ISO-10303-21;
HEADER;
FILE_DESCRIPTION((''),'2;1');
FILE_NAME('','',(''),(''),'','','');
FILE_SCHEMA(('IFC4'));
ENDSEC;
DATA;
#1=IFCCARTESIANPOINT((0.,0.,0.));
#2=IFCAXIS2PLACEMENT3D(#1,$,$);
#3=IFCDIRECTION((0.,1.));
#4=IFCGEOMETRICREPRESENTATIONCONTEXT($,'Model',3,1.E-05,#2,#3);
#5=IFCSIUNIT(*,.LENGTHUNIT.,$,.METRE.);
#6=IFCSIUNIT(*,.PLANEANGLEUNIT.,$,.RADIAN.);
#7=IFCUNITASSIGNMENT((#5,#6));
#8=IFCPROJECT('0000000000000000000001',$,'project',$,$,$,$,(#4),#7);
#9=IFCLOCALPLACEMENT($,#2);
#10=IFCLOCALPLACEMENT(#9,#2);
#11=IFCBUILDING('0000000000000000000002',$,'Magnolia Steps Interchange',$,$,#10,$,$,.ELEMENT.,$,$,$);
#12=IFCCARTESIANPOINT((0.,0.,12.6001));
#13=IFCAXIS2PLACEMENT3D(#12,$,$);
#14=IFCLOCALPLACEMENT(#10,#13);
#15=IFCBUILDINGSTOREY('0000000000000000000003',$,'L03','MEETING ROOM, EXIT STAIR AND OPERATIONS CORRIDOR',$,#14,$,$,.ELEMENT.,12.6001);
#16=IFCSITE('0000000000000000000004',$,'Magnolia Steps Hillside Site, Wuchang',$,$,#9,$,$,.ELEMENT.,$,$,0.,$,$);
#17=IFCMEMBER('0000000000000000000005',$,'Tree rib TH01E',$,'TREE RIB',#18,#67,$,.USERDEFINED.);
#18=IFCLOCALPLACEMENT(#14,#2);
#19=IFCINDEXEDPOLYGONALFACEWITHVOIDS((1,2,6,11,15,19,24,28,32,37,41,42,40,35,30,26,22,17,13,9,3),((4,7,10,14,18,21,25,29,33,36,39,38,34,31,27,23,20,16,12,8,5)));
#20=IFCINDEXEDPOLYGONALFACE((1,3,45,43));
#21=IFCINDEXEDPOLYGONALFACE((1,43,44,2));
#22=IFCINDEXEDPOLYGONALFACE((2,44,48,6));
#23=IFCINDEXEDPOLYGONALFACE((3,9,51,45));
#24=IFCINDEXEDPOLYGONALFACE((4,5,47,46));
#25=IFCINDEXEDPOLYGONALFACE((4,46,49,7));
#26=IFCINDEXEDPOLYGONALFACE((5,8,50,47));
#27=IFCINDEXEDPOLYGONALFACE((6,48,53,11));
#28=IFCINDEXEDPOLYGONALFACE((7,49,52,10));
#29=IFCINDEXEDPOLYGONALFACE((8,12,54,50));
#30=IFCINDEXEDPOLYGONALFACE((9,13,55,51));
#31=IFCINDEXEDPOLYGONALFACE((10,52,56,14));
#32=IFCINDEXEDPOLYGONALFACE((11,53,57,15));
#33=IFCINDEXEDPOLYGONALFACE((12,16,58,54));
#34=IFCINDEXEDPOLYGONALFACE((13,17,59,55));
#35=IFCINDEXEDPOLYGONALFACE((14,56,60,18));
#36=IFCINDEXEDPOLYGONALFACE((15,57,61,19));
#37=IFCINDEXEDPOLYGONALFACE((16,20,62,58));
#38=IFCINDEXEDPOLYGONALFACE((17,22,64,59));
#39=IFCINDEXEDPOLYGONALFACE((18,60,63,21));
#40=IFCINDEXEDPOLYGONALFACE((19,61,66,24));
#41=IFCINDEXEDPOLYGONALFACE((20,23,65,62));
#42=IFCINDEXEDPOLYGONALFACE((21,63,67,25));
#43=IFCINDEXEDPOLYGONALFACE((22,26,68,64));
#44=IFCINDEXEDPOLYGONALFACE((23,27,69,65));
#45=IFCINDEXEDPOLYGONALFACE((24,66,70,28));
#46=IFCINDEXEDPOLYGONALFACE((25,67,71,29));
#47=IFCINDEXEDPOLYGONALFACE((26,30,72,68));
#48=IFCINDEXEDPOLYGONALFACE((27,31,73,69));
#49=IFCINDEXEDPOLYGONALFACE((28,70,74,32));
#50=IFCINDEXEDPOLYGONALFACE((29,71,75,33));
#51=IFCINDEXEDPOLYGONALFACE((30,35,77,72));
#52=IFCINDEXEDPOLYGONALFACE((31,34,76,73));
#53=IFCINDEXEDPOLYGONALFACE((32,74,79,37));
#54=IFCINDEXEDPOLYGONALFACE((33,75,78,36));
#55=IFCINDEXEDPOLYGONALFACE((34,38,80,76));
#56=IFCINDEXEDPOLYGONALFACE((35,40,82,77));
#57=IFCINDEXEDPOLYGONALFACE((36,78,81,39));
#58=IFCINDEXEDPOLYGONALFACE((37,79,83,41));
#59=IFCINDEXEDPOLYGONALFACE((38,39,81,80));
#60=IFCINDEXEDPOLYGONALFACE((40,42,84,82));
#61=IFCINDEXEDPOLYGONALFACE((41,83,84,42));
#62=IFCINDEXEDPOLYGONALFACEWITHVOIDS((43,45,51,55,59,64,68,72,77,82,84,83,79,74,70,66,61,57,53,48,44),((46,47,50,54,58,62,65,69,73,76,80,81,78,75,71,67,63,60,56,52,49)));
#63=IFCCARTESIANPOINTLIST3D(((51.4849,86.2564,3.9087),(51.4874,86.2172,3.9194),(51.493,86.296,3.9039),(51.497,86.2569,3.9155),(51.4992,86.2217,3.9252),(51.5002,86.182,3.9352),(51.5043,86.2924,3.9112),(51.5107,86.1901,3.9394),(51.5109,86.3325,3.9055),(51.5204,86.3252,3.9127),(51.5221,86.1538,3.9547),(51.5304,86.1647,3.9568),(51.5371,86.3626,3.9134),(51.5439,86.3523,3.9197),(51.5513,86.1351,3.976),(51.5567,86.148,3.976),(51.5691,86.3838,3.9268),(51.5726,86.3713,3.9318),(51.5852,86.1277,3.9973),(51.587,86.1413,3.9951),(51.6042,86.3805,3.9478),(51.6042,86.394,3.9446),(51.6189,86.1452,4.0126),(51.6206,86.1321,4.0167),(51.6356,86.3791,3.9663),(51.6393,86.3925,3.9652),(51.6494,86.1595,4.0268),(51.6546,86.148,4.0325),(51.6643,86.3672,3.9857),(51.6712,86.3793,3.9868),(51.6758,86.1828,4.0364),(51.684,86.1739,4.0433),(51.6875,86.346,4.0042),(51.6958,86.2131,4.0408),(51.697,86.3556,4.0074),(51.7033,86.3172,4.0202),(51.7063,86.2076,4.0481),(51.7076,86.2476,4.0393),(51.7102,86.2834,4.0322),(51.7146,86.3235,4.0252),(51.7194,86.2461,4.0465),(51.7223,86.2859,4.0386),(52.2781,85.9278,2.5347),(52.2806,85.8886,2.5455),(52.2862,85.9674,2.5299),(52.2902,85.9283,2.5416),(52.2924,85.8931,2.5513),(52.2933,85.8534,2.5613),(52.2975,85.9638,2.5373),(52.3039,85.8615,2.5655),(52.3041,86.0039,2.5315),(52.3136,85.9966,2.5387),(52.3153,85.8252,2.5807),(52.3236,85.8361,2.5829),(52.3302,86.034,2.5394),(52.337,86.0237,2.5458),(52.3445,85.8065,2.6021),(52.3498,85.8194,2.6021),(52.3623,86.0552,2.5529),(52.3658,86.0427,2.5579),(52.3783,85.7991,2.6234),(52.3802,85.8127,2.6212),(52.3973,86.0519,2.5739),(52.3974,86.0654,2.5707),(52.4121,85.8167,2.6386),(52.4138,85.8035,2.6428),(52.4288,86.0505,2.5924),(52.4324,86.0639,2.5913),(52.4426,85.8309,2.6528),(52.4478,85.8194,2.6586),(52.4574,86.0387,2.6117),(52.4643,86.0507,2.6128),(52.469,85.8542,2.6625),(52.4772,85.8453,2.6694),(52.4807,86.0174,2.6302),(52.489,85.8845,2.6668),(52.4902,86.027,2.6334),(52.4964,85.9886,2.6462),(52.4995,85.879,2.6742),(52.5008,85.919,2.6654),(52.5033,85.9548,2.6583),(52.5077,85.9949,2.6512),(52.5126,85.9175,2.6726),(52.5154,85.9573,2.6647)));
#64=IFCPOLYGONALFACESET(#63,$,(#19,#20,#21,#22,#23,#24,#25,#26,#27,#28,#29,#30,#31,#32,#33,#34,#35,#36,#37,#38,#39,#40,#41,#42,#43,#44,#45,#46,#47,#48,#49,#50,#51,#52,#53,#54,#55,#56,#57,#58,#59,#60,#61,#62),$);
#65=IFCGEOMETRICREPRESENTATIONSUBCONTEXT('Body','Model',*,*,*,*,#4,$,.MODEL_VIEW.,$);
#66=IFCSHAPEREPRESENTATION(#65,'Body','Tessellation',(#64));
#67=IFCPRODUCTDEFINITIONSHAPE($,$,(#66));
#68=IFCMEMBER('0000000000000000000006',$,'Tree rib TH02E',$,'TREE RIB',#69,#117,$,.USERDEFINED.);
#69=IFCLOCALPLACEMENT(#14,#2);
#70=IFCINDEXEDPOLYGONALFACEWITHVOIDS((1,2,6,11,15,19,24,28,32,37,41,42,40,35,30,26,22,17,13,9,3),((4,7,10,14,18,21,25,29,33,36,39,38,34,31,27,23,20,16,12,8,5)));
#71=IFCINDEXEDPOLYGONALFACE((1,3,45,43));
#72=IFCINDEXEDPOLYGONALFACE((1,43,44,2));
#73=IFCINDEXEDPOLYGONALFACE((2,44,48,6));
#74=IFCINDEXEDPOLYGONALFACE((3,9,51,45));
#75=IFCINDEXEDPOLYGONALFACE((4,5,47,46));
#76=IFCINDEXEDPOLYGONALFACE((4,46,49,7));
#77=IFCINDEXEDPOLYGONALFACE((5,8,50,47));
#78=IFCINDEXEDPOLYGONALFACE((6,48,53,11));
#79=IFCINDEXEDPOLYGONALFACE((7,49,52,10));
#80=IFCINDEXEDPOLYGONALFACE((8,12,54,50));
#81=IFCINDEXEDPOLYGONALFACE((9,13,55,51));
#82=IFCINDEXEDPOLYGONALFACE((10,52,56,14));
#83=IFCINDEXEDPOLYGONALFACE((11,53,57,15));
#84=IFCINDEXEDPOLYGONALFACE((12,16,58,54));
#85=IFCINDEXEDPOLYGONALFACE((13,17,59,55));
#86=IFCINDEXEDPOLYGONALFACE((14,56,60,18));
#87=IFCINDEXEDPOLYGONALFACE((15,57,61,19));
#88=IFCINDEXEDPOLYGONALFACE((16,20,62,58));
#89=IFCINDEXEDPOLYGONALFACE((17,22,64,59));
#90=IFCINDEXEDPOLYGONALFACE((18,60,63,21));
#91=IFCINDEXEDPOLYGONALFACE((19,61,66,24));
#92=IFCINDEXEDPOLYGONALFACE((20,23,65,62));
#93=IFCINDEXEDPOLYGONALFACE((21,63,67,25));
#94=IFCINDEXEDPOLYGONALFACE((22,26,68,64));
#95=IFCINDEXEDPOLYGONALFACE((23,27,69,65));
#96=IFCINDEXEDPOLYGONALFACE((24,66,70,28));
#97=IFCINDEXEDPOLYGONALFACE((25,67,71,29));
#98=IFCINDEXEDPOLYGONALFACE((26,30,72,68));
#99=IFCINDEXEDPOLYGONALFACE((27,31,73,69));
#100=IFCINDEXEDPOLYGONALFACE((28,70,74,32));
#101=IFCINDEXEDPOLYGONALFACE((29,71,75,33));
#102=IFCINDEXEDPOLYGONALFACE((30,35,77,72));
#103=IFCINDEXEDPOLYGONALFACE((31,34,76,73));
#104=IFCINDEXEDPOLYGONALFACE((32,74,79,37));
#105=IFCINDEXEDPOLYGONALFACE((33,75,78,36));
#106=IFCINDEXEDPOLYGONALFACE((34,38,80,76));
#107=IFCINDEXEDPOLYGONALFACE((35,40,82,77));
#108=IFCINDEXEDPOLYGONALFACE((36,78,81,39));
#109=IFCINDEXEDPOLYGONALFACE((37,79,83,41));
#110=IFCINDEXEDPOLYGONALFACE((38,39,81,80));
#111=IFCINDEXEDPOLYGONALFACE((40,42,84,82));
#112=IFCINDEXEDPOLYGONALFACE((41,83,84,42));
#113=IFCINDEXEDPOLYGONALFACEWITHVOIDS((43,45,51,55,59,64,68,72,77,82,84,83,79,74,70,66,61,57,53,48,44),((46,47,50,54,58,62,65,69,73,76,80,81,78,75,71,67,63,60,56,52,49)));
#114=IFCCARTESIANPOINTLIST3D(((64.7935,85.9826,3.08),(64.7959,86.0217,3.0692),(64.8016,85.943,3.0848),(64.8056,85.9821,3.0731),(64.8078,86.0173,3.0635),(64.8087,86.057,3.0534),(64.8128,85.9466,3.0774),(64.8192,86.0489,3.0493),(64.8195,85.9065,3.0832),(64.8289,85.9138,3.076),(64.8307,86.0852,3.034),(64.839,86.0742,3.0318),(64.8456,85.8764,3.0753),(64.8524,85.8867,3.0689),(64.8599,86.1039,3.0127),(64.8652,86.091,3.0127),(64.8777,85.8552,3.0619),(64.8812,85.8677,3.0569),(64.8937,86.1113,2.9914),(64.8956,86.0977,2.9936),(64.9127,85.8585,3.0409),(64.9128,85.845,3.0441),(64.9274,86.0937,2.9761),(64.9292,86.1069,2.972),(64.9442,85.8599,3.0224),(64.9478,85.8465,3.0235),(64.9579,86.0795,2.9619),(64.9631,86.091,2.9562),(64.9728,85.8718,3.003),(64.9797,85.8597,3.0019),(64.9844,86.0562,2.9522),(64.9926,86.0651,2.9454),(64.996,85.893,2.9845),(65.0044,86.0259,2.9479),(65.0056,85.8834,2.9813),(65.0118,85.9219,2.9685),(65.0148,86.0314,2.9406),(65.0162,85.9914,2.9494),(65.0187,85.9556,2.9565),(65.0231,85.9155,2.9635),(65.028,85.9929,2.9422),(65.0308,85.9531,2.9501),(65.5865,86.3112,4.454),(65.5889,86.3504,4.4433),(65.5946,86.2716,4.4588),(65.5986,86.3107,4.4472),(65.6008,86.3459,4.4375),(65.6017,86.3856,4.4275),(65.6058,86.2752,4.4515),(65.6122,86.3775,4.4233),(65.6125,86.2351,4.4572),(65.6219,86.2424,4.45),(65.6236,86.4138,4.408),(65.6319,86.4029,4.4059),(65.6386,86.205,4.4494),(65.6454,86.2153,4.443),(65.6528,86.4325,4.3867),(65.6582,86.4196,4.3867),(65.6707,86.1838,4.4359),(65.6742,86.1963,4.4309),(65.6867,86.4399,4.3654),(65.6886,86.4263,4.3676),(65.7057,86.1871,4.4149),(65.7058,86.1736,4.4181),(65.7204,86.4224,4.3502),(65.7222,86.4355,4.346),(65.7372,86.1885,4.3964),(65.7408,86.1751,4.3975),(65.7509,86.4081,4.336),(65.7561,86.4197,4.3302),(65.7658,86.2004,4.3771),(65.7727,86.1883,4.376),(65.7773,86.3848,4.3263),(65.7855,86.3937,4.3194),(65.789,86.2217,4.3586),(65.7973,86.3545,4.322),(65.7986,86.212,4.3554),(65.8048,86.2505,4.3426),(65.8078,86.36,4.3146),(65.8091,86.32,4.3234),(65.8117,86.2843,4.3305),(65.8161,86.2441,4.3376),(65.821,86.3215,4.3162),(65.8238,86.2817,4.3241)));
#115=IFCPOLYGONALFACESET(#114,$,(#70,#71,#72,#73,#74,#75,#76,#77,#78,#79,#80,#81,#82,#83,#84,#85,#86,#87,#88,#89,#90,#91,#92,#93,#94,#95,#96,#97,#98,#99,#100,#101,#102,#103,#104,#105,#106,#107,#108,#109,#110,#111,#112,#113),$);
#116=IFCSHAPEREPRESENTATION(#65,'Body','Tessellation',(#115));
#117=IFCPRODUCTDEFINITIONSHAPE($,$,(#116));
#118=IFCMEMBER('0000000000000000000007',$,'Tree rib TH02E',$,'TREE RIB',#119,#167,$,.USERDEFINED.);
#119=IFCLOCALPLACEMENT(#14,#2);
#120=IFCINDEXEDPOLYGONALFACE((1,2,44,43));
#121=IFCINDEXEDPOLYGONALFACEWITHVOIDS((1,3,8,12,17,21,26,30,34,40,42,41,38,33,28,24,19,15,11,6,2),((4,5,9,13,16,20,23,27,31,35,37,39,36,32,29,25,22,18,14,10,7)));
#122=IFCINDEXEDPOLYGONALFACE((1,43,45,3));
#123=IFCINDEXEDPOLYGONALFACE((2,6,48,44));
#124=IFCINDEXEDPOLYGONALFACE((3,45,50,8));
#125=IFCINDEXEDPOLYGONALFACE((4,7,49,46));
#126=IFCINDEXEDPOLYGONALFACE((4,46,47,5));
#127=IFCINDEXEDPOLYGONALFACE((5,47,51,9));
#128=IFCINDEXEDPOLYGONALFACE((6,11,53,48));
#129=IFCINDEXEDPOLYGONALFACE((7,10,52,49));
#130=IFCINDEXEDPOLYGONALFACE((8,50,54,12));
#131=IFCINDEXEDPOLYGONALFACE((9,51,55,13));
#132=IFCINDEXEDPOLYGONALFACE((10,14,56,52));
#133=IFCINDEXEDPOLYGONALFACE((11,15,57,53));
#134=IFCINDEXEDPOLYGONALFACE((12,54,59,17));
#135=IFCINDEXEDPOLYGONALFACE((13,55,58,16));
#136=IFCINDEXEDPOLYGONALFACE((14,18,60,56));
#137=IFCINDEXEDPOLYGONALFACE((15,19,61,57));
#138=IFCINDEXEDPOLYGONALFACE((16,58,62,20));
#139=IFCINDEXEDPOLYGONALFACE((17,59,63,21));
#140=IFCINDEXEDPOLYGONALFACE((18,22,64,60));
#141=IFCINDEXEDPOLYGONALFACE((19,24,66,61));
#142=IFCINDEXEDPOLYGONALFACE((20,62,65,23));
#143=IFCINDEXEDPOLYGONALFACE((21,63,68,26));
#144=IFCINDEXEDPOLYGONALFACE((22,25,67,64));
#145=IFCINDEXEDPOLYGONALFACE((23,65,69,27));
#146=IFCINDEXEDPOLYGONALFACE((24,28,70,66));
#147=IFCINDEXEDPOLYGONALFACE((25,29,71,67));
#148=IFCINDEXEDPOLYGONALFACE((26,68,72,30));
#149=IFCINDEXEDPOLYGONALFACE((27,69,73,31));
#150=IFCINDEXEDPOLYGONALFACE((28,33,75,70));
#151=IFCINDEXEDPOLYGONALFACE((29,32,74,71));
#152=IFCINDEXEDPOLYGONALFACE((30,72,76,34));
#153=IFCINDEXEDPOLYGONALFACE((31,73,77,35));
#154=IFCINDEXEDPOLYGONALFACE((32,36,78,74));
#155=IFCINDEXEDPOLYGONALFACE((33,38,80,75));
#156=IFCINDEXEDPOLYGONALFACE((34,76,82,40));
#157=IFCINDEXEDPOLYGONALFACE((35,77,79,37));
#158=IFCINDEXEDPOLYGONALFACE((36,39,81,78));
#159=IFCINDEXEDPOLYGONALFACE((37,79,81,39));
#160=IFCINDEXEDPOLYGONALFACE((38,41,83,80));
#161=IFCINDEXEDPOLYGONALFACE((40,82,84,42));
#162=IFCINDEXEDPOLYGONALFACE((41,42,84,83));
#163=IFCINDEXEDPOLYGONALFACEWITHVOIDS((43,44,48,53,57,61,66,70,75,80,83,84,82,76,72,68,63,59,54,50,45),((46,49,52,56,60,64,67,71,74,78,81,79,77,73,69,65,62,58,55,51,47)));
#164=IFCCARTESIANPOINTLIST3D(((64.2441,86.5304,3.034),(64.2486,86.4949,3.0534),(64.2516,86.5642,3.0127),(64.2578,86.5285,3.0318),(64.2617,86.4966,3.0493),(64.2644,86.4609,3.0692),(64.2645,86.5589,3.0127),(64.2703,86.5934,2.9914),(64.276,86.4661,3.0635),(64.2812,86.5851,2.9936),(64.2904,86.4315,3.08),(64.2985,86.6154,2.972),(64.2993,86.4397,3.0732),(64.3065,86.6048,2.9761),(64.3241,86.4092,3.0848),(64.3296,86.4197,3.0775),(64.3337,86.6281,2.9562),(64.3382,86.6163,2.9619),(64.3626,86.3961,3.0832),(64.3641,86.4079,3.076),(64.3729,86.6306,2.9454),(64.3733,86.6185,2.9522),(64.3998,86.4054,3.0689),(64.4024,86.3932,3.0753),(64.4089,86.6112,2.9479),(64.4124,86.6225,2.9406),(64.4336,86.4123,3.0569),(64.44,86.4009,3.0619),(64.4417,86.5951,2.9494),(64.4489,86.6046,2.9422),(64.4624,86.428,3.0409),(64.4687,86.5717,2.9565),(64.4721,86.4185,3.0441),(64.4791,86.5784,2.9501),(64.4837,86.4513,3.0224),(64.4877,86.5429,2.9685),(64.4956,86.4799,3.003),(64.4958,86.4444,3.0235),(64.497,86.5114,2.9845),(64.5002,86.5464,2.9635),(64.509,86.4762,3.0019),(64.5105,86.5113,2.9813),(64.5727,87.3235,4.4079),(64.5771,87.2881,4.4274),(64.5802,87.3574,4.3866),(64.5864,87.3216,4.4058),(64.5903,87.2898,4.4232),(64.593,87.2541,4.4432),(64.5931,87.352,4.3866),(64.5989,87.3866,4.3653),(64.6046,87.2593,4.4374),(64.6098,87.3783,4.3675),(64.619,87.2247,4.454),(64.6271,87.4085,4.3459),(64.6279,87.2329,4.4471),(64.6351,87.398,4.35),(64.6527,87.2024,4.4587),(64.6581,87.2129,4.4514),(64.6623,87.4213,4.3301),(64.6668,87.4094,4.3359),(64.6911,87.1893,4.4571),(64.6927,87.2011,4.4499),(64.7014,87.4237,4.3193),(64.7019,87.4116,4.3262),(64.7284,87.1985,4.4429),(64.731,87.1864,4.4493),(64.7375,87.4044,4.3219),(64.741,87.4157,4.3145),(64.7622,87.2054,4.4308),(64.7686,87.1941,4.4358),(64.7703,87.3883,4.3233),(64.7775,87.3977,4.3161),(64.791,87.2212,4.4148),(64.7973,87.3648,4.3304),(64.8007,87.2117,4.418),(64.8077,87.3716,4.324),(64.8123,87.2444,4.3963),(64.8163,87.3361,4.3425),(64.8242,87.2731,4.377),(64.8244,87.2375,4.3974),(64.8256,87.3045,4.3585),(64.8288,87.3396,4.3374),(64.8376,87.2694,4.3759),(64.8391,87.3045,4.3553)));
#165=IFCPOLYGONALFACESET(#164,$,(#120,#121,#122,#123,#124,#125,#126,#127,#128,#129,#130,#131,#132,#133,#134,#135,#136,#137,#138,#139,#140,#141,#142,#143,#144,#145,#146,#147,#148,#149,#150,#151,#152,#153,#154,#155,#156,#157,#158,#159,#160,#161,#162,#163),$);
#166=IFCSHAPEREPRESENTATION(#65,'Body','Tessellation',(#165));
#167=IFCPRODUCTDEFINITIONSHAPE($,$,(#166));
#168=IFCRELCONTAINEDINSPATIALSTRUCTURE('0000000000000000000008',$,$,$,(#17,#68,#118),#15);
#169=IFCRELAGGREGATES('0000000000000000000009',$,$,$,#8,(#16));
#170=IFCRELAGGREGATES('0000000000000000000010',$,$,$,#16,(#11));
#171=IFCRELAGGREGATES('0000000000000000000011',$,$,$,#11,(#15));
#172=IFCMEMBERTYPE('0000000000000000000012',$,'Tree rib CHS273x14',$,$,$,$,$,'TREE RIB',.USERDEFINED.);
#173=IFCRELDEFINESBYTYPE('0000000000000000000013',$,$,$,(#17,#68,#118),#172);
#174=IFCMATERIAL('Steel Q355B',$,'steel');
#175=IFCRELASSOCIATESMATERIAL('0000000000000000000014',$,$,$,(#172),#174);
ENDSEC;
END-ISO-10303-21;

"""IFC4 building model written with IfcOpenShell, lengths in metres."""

from ifc_helpers import new_model, si_unit, direction, frame, origin, origin_2d, place, context, subcontext, project, spatial, hollow_circle, extrude, material, material_profile, profile_set, type_object, element, save


model = new_model("IFC4")

# Units and contexts
model_context = context("Model", 3, precision=1e-05, world=origin(), true_north=direction((0.0, 1.0)))
body_context = subcontext(model_context, "Body", "Model", "MODEL_VIEW")
ifc_project = project(units=[si_unit("LENGTHUNIT", "METRE"), si_unit("PLANEANGLEUNIT", "RADIAN")], contexts=[model_context])

# Site, building, storey
site_placement = place(None, origin())
site = spatial("IfcSite", under=ifc_project, at=site_placement, Name="Magnolia Steps Hillside Site, Wuchang", CompositionType="ELEMENT", RefElevation=0.0)
building_placement = place(site_placement, origin())
building = spatial("IfcBuilding", under=site, at=building_placement, Name="Magnolia Steps Interchange", CompositionType="ELEMENT")
storey_placement = place(building_placement, frame((0.0, 0.0, 12.6001)))
storey = spatial("IfcBuildingStorey", under=building, at=storey_placement, Name="L03", Description="MEETING ROOM, EXIT STAIR AND OPERATIONS CORRIDOR", CompositionType="ELEMENT", Elevation=12.6001)

# Members
ifc_material_1 = material(Name="Steel Q355B", Category="steel")
ifc_material_profile_1 = material_profile(ifc_material_1, hollow_circle(Radius=0.1365, WallThickness=0.0139, at=origin_2d()), Name="CHS273x14")
ifc_profile_set_1 = profile_set([ifc_material_profile_1], Name="Steel Q355B")
member_type = type_object("IfcMemberType", Name="Tree rib CHS273x14", ElementType="TREE RIB", PredefinedType="USERDEFINED", material=ifc_profile_set_1)
for number, where, z_axis, x_axis, name in (
    (1, (52.3967, 85.9326, 2.6021), (-0.489571, 0.20282, 0.848047), (-0.382737, -0.923857, 0.0), "Tree rib TH01E"),
    (2, (64.9121, 85.9778, 3.0127), (0.489456, 0.202835, 0.84811), (-0.382837, 0.923816, 0.0), "Tree rib TH02E"),
    (3, (64.3777, 86.512, 3.0127), (0.20282, 0.489571, 0.848047), (-0.923857, 0.382737, 0.0), "Tree rib TH02E"),
):
    element("IfcMember", number, at=place(storey_placement, frame(where, z_axis=z_axis, x_axis=x_axis)), inside=storey, type_object=member_type, Name=name, ObjectType="TREE RIB", PredefinedType="USERDEFINED", context=body_context, shape_type="SweptSolid", body=[
        extrude(hollow_circle(Radius=0.1365, WallThickness=0.0139, at=origin_2d()), origin(), (0.0, 0.0, 1.0), 1.6201),
    ])

save(model, "model.ifc")
